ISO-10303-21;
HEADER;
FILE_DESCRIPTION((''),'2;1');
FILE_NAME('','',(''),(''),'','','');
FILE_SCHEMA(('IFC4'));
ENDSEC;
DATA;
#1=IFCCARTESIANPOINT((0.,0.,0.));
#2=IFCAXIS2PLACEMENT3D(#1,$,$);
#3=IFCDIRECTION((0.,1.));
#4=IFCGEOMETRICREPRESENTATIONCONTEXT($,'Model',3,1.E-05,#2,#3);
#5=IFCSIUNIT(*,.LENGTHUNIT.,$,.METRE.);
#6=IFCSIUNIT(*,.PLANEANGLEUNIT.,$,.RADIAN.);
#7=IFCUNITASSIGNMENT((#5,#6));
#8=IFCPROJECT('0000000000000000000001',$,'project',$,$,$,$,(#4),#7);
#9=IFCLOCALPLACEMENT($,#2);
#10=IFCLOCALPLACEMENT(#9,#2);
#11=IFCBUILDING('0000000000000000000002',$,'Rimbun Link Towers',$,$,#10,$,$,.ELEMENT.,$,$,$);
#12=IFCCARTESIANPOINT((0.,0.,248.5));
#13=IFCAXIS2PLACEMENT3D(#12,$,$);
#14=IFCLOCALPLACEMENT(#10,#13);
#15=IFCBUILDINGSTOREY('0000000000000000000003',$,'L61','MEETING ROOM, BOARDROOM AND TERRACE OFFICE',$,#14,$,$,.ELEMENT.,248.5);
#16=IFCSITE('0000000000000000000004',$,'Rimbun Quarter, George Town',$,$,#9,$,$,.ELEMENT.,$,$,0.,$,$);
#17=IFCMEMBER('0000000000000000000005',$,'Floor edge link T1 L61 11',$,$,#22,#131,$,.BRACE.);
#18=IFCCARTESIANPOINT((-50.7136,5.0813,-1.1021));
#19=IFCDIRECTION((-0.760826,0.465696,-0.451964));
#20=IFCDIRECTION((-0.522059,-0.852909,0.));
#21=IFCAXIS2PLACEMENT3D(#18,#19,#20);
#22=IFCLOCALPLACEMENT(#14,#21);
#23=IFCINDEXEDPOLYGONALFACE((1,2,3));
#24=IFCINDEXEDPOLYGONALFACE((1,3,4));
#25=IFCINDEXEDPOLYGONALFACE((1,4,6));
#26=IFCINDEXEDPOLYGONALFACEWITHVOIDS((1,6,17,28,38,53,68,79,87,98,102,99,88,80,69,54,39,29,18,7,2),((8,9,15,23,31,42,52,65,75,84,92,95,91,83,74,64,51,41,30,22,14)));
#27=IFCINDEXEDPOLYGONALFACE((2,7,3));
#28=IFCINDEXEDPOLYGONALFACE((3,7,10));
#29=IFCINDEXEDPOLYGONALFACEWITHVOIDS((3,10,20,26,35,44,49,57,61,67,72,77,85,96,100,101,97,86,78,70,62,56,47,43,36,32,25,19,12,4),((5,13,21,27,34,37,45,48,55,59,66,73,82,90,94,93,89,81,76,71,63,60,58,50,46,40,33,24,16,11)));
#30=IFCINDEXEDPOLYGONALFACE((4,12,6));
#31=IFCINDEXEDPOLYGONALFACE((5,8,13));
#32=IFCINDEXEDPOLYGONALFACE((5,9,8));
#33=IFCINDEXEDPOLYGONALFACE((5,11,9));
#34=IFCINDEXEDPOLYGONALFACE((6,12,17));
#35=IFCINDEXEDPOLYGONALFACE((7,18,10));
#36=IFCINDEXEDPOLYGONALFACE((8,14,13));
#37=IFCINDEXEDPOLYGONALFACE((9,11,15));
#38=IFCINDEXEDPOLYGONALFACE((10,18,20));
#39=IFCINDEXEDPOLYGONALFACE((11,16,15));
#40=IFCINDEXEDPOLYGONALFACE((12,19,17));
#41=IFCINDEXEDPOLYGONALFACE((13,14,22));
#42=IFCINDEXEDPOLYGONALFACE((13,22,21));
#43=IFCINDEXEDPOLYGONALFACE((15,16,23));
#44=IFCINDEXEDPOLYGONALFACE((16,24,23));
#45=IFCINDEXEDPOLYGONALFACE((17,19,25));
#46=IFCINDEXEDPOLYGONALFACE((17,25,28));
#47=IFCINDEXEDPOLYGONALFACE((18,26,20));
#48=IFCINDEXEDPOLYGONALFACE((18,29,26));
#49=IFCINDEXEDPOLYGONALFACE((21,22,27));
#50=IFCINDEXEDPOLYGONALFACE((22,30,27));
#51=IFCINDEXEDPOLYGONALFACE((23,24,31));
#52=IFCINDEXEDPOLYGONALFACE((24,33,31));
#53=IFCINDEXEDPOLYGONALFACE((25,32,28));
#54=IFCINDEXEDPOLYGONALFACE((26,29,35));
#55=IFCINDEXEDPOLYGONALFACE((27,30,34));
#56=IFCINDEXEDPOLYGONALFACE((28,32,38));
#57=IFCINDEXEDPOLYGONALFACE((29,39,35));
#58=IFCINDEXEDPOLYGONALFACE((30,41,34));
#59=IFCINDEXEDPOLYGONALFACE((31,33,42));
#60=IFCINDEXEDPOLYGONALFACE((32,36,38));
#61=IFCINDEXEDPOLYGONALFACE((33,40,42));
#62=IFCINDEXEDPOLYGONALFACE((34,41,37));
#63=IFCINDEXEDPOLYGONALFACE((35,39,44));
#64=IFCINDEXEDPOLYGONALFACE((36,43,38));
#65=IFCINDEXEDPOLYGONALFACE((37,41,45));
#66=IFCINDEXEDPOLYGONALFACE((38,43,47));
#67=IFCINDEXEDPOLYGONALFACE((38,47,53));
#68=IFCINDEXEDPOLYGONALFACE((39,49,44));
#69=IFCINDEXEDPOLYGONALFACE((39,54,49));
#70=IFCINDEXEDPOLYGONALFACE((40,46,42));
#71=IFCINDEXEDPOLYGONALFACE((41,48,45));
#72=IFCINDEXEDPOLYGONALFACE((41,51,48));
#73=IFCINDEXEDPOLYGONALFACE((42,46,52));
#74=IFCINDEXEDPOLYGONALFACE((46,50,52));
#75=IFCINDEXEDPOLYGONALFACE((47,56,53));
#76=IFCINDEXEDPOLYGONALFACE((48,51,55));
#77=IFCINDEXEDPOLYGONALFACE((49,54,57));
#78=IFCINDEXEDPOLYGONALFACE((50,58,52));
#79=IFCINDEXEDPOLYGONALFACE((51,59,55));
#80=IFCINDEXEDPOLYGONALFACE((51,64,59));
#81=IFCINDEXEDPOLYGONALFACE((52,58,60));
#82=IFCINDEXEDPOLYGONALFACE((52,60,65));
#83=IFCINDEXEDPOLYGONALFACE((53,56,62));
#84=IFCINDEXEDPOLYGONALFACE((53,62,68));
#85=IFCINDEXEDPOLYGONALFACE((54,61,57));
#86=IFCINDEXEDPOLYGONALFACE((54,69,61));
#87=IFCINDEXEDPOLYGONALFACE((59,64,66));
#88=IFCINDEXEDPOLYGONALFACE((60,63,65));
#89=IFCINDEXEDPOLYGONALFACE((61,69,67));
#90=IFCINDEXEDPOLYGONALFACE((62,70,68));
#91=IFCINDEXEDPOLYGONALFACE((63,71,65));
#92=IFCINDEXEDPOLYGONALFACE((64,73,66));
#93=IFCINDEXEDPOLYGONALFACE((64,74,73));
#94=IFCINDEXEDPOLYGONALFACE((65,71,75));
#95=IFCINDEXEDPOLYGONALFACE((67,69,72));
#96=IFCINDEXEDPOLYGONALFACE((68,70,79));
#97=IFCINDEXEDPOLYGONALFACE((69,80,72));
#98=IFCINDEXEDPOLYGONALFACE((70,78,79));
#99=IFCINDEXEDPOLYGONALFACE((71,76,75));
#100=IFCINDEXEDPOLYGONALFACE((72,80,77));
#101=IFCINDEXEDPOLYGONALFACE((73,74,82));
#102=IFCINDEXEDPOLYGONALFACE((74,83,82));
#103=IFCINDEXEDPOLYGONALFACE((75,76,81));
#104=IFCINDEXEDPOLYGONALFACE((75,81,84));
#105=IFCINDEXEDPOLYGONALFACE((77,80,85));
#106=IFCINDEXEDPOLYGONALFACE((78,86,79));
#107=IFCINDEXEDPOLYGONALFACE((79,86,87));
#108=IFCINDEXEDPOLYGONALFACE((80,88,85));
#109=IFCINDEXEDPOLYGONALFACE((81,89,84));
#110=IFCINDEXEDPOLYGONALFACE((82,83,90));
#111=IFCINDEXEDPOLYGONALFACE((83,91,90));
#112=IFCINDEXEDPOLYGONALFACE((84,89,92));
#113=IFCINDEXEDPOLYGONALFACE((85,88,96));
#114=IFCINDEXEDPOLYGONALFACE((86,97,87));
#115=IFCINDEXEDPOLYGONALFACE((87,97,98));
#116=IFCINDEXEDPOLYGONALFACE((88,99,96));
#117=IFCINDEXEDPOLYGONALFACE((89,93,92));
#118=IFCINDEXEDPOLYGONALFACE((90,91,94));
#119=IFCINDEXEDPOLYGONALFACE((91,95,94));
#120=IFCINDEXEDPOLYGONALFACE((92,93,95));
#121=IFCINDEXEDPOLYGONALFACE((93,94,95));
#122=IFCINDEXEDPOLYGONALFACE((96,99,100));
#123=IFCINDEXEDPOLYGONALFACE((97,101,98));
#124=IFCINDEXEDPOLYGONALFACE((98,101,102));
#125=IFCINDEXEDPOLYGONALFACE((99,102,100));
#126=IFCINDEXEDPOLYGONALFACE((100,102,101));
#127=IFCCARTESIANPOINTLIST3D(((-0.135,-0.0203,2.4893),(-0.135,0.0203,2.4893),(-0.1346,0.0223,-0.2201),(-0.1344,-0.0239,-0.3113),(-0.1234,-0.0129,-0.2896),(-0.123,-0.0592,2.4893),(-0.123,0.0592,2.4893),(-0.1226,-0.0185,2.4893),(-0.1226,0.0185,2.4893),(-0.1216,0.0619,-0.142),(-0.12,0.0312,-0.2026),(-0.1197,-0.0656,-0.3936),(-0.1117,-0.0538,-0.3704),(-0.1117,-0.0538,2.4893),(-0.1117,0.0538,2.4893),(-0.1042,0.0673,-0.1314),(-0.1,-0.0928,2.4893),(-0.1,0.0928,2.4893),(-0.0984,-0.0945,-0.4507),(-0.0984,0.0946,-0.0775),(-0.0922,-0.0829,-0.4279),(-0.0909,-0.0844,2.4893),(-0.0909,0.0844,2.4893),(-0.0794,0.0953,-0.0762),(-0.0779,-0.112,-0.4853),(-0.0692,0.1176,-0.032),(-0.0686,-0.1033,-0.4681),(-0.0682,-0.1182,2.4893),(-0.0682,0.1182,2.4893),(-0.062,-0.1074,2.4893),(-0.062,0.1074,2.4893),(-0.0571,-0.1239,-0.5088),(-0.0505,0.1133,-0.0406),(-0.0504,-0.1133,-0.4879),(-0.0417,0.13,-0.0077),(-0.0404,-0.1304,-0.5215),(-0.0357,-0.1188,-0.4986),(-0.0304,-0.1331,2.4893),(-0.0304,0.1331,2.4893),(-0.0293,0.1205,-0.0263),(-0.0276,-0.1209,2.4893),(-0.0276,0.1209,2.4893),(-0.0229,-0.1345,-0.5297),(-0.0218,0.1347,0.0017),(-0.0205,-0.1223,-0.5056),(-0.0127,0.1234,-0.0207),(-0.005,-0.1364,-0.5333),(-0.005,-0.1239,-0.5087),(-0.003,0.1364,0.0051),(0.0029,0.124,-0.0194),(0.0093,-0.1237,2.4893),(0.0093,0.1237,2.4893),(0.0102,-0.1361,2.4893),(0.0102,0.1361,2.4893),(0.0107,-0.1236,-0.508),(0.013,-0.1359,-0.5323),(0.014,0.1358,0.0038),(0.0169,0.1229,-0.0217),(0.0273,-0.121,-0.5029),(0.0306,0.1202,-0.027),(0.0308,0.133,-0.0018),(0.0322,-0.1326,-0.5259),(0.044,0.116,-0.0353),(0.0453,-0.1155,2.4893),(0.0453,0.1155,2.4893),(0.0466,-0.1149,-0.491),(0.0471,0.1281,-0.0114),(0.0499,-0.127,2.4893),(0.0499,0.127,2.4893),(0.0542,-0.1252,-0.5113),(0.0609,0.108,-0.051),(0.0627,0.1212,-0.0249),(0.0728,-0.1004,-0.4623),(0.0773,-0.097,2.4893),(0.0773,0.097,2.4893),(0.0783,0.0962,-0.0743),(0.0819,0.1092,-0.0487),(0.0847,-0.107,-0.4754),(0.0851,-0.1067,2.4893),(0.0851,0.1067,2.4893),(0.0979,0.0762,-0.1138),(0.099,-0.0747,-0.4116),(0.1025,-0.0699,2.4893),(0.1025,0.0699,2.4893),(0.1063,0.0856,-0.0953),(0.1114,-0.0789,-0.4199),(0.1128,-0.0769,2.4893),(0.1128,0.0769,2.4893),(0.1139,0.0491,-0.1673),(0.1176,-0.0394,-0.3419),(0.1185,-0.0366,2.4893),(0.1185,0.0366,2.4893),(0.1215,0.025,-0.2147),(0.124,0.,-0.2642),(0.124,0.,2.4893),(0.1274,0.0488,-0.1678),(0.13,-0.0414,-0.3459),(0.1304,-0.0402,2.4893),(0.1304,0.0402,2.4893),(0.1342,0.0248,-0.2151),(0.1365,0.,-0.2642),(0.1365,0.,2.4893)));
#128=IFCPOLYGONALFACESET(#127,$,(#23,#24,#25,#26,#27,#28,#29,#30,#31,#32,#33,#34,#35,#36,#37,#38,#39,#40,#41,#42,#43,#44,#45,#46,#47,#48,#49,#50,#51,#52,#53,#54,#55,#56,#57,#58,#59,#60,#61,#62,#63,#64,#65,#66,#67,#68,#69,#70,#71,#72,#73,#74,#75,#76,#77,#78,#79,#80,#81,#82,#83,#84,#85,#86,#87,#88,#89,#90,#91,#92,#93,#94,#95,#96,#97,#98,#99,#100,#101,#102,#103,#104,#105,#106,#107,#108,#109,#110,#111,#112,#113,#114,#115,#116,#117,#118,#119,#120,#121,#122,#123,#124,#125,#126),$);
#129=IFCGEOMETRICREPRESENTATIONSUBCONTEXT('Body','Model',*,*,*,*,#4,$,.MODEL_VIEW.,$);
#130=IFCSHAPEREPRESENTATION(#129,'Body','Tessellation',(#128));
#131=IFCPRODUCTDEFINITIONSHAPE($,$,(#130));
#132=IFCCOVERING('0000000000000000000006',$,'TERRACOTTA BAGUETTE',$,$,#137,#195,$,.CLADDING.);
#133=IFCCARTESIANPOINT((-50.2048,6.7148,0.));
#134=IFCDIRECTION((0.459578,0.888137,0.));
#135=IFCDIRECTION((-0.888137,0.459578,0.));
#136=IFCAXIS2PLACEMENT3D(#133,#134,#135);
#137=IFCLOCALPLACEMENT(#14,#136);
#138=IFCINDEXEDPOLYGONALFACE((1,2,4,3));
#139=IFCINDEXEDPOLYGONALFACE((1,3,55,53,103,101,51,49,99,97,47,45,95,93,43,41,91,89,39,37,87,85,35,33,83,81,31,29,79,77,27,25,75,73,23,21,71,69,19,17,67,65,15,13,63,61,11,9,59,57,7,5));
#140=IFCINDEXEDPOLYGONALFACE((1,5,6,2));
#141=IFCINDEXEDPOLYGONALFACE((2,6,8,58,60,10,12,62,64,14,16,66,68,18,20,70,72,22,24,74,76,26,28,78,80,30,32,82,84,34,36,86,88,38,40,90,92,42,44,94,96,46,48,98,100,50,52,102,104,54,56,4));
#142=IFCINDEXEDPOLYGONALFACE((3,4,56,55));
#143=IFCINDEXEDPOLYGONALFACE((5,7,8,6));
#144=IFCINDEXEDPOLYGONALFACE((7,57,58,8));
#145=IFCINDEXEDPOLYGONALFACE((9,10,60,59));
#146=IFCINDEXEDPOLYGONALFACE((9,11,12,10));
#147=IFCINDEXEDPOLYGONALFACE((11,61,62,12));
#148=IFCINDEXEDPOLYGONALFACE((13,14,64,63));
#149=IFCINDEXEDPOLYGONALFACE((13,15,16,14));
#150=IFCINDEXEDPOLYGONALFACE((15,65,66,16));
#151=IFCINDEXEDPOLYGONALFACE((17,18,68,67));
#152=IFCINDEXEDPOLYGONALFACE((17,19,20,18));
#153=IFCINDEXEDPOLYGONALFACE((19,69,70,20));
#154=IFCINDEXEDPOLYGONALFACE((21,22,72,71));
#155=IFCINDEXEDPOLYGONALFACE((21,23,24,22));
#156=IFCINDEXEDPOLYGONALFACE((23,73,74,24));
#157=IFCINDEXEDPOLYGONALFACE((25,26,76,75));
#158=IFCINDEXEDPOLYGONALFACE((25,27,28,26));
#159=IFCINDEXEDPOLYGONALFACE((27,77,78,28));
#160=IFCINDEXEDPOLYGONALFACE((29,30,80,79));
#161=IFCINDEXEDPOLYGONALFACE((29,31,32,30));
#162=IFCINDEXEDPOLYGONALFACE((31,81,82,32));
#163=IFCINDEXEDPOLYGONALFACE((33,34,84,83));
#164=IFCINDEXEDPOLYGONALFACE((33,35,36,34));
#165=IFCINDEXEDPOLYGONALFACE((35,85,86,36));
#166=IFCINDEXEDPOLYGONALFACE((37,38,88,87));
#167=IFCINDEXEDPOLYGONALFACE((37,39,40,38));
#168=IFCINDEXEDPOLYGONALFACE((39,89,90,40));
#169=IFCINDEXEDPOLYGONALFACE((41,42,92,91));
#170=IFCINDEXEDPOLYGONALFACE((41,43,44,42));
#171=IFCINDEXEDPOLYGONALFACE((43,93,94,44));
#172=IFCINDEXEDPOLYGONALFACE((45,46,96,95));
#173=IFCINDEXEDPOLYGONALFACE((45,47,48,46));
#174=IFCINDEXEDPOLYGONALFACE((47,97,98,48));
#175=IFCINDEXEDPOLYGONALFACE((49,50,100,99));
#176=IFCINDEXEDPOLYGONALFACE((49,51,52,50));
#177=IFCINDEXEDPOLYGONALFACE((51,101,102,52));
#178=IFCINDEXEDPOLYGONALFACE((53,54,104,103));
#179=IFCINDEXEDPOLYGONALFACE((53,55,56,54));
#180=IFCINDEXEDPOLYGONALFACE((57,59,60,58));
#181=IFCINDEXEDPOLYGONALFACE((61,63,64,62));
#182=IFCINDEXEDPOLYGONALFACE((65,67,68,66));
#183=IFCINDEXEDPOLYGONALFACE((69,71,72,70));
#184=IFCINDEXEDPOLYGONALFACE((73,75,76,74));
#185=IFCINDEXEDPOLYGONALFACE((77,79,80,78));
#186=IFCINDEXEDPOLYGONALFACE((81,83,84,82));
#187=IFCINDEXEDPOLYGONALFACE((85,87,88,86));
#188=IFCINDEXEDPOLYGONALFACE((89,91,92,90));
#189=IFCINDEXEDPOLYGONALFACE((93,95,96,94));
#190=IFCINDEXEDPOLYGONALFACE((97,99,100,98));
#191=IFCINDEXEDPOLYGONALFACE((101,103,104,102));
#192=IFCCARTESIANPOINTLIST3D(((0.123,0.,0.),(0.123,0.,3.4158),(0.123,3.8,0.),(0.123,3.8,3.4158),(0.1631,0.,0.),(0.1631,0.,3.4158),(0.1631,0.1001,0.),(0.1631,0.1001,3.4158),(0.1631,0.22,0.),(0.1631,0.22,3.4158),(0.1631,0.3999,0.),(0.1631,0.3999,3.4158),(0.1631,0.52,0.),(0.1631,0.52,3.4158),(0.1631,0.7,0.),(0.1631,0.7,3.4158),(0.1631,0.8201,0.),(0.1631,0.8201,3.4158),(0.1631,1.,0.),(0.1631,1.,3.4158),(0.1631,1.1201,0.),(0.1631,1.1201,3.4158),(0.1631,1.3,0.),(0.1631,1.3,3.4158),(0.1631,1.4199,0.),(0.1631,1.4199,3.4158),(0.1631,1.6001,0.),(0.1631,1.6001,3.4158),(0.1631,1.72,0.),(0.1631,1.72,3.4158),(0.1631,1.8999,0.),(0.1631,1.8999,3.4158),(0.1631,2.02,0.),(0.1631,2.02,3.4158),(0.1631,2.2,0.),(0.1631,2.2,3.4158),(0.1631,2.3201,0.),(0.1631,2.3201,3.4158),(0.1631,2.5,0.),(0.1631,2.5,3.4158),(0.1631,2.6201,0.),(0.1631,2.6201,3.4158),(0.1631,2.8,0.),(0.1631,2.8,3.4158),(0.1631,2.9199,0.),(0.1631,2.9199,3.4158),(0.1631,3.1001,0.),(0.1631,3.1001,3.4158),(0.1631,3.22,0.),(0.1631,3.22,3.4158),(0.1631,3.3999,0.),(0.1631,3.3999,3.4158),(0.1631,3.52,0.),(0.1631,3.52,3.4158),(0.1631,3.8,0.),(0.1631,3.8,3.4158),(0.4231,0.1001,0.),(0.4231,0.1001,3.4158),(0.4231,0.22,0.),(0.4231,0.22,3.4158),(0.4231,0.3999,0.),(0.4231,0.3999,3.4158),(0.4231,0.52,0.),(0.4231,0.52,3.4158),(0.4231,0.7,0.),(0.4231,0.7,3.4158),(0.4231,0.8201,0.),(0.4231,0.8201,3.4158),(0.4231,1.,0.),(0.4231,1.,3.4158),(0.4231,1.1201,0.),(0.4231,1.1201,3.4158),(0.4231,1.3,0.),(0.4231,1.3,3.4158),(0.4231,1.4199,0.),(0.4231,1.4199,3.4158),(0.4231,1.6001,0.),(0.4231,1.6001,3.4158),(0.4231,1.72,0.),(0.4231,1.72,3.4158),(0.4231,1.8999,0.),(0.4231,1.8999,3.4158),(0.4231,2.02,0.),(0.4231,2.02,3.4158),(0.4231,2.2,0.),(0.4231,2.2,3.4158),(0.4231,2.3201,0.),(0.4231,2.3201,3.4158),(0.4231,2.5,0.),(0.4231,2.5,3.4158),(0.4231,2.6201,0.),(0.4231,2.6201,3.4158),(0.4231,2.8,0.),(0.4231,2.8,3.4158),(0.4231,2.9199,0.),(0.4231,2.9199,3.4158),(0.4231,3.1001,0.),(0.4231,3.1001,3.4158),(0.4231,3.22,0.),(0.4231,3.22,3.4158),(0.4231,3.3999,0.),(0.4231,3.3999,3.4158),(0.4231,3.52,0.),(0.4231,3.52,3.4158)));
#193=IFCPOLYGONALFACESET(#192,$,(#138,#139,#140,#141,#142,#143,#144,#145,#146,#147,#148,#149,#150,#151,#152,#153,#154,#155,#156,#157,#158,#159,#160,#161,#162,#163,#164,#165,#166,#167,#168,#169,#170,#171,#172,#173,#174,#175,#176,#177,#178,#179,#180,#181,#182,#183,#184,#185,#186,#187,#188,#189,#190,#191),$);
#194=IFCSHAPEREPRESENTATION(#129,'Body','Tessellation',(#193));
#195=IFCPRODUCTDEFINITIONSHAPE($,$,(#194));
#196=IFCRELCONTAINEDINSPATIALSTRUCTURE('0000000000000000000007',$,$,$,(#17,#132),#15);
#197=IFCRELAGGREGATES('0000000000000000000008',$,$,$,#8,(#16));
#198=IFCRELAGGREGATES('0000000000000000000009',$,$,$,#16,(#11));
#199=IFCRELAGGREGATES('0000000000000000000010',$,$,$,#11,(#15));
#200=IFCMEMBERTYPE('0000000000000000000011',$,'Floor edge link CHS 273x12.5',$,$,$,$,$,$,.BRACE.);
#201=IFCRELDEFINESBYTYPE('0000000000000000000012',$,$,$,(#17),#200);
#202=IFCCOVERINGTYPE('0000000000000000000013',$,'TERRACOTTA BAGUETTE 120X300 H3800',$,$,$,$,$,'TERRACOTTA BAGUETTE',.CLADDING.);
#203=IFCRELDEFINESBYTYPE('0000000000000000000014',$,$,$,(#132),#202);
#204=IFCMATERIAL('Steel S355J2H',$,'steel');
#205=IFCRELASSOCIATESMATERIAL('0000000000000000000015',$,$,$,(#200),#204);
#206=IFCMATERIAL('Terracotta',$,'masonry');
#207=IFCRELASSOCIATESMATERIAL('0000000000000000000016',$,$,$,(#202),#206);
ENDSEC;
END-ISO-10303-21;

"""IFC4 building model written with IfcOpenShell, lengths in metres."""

from ifc_helpers import new_model, si_unit, direction, frame, origin, origin_2d, place, context, subcontext, project, spatial, polyline, hollow_circle, outline, extrude, clip, halfspace, material, material_profile, profile_set, type_object, element, save


model = new_model("IFC4")

# Units and contexts
model_context = context("Model", 3, precision=1e-05, world=origin(), true_north=direction((0.0, 1.0)))
body_context = subcontext(model_context, "Body", "Model", "MODEL_VIEW")
ifc_project = project(units=[si_unit("LENGTHUNIT", "METRE"), si_unit("PLANEANGLEUNIT", "RADIAN")], contexts=[model_context])

# Site, building, storey
site_placement = place(None, origin())
site = spatial("IfcSite", under=ifc_project, at=site_placement, Name="Rimbun Quarter, George Town", CompositionType="ELEMENT", RefElevation=0.0)
building_placement = place(site_placement, origin())
building = spatial("IfcBuilding", under=site, at=building_placement, Name="Rimbun Link Towers", CompositionType="ELEMENT")
storey_placement = place(building_placement, frame((0.0, 0.0, 248.5)))
storey = spatial("IfcBuildingStorey", under=building, at=storey_placement, Name="L61", Description="MEETING ROOM, BOARDROOM AND TERRACE OFFICE", CompositionType="ELEMENT", Elevation=248.5)

# Member
ifc_material_1 = material(Name="Steel S355J2H", Category="steel")
ifc_material_profile_1 = material_profile(ifc_material_1, hollow_circle(Radius=0.1365, WallThickness=0.0125, at=origin_2d()), Name="CHS 273x12.5")
ifc_profile_set_1 = profile_set([ifc_material_profile_1], Name="Steel S355J2H")
member_type_1 = type_object("IfcMemberType", Name="Floor edge link CHS 273x12.5", PredefinedType="BRACE", material=ifc_profile_set_1)
member_1_placement = place(storey_placement, frame((-50.7136, 5.0813, -1.1021), z_axis=(-0.760826, 0.465696, -0.451964), x_axis=(-0.522059, -0.852909, 0.0)))
element("IfcMember", 1, at=member_1_placement, inside=storey, type_object=member_type_1, Name="Floor edge link T1 L61 11", PredefinedType="BRACE", context=body_context, shape_type="Clipping", body=[
    clip(extrude(hollow_circle(Radius=0.1365, WallThickness=0.0125, at=origin_2d()), frame((0.0, 0.0, -0.5608)), (0.0, 0.0, 1.0), 3.05), halfspace(frame((0.0, 0.0, -0.2642), z_axis=(0.0, 0.892036, -0.451964)), False)),
])

# Covering
ifc_material_2 = material(Name="Terracotta", Category="masonry")
ifc_material_profile_2 = material_profile(ifc_material_2, outline(polyline([(0.123, 0.0), (0.1631, 0.0), (0.1631, 0.1001), (0.4231, 0.1001), (0.4231, 0.22), (0.1631, 0.22), (0.1631, 0.3999), (0.4231, 0.3999), (0.4231, 0.52), (0.1631, 0.52), (0.1631, 0.7), (0.4231, 0.7), (0.4231, 0.8201), (0.1631, 0.8201), (0.1631, 1.0), (0.4231, 1.0), (0.4231, 1.1201), (0.1631, 1.1201), (0.1631, 1.3), (0.4231, 1.3), (0.4231, 1.4199), (0.1631, 1.4199), (0.1631, 1.6001), (0.4231, 1.6001), (0.4231, 1.72), (0.1631, 1.72), (0.1631, 1.8999), (0.4231, 1.8999), (0.4231, 2.02), (0.1631, 2.02), (0.1631, 2.2), (0.4231, 2.2), (0.4231, 2.3201), (0.1631, 2.3201), (0.1631, 2.5), (0.4231, 2.5), (0.4231, 2.6201), (0.1631, 2.6201), (0.1631, 2.8), (0.4231, 2.8), (0.4231, 2.9199), (0.1631, 2.9199), (0.1631, 3.1001), (0.4231, 3.1001), (0.4231, 3.22), (0.1631, 3.22), (0.1631, 3.3999), (0.4231, 3.3999), (0.4231, 3.52), (0.1631, 3.52), (0.1631, 3.8), (0.123, 3.8), (0.123, 0.0)])), Name="BAGUETTE 120X300")
ifc_profile_set_2 = profile_set([ifc_material_profile_2], Name="Terracotta")
covering_type = type_object("IfcCoveringType", Name="TERRACOTTA BAGUETTE 120X300 H3800", ElementType="TERRACOTTA BAGUETTE", PredefinedType="CLADDING", material=ifc_profile_set_2)
covering_placement = place(storey_placement, frame((-50.2048, 6.7148, 0.0), z_axis=(0.459578, 0.888137, 0.0), x_axis=(-0.888137, 0.459578, 0.0)))
element("IfcCovering", 2, at=covering_placement, inside=storey, type_object=covering_type, Name="TERRACOTTA BAGUETTE", PredefinedType="CLADDING", context=body_context, shape_type="SweptSolid", body=[
    extrude(outline(polyline([(0.123, 0.0), (0.1631, 0.0), (0.1631, 0.1001), (0.4231, 0.1001), (0.4231, 0.22), (0.1631, 0.22), (0.1631, 0.3999), (0.4231, 0.3999), (0.4231, 0.52), (0.1631, 0.52), (0.1631, 0.7), (0.4231, 0.7), (0.4231, 0.8201), (0.1631, 0.8201), (0.1631, 1.0), (0.4231, 1.0), (0.4231, 1.1201), (0.1631, 1.1201), (0.1631, 1.3), (0.4231, 1.3), (0.4231, 1.4199), (0.1631, 1.4199), (0.1631, 1.6001), (0.4231, 1.6001), (0.4231, 1.72), (0.1631, 1.72), (0.1631, 1.8999), (0.4231, 1.8999), (0.4231, 2.02), (0.1631, 2.02), (0.1631, 2.2), (0.4231, 2.2), (0.4231, 2.3201), (0.1631, 2.3201), (0.1631, 2.5), (0.4231, 2.5), (0.4231, 2.6201), (0.1631, 2.6201), (0.1631, 2.8), (0.4231, 2.8), (0.4231, 2.9199), (0.1631, 2.9199), (0.1631, 3.1001), (0.4231, 3.1001), (0.4231, 3.22), (0.1631, 3.22), (0.1631, 3.3999), (0.4231, 3.3999), (0.4231, 3.52), (0.1631, 3.52), (0.1631, 3.8), (0.123, 3.8), (0.123, 0.0)])), origin(), (0.0, 0.0, 1.0), 3.4158),
])

save(model, "model.ifc")
